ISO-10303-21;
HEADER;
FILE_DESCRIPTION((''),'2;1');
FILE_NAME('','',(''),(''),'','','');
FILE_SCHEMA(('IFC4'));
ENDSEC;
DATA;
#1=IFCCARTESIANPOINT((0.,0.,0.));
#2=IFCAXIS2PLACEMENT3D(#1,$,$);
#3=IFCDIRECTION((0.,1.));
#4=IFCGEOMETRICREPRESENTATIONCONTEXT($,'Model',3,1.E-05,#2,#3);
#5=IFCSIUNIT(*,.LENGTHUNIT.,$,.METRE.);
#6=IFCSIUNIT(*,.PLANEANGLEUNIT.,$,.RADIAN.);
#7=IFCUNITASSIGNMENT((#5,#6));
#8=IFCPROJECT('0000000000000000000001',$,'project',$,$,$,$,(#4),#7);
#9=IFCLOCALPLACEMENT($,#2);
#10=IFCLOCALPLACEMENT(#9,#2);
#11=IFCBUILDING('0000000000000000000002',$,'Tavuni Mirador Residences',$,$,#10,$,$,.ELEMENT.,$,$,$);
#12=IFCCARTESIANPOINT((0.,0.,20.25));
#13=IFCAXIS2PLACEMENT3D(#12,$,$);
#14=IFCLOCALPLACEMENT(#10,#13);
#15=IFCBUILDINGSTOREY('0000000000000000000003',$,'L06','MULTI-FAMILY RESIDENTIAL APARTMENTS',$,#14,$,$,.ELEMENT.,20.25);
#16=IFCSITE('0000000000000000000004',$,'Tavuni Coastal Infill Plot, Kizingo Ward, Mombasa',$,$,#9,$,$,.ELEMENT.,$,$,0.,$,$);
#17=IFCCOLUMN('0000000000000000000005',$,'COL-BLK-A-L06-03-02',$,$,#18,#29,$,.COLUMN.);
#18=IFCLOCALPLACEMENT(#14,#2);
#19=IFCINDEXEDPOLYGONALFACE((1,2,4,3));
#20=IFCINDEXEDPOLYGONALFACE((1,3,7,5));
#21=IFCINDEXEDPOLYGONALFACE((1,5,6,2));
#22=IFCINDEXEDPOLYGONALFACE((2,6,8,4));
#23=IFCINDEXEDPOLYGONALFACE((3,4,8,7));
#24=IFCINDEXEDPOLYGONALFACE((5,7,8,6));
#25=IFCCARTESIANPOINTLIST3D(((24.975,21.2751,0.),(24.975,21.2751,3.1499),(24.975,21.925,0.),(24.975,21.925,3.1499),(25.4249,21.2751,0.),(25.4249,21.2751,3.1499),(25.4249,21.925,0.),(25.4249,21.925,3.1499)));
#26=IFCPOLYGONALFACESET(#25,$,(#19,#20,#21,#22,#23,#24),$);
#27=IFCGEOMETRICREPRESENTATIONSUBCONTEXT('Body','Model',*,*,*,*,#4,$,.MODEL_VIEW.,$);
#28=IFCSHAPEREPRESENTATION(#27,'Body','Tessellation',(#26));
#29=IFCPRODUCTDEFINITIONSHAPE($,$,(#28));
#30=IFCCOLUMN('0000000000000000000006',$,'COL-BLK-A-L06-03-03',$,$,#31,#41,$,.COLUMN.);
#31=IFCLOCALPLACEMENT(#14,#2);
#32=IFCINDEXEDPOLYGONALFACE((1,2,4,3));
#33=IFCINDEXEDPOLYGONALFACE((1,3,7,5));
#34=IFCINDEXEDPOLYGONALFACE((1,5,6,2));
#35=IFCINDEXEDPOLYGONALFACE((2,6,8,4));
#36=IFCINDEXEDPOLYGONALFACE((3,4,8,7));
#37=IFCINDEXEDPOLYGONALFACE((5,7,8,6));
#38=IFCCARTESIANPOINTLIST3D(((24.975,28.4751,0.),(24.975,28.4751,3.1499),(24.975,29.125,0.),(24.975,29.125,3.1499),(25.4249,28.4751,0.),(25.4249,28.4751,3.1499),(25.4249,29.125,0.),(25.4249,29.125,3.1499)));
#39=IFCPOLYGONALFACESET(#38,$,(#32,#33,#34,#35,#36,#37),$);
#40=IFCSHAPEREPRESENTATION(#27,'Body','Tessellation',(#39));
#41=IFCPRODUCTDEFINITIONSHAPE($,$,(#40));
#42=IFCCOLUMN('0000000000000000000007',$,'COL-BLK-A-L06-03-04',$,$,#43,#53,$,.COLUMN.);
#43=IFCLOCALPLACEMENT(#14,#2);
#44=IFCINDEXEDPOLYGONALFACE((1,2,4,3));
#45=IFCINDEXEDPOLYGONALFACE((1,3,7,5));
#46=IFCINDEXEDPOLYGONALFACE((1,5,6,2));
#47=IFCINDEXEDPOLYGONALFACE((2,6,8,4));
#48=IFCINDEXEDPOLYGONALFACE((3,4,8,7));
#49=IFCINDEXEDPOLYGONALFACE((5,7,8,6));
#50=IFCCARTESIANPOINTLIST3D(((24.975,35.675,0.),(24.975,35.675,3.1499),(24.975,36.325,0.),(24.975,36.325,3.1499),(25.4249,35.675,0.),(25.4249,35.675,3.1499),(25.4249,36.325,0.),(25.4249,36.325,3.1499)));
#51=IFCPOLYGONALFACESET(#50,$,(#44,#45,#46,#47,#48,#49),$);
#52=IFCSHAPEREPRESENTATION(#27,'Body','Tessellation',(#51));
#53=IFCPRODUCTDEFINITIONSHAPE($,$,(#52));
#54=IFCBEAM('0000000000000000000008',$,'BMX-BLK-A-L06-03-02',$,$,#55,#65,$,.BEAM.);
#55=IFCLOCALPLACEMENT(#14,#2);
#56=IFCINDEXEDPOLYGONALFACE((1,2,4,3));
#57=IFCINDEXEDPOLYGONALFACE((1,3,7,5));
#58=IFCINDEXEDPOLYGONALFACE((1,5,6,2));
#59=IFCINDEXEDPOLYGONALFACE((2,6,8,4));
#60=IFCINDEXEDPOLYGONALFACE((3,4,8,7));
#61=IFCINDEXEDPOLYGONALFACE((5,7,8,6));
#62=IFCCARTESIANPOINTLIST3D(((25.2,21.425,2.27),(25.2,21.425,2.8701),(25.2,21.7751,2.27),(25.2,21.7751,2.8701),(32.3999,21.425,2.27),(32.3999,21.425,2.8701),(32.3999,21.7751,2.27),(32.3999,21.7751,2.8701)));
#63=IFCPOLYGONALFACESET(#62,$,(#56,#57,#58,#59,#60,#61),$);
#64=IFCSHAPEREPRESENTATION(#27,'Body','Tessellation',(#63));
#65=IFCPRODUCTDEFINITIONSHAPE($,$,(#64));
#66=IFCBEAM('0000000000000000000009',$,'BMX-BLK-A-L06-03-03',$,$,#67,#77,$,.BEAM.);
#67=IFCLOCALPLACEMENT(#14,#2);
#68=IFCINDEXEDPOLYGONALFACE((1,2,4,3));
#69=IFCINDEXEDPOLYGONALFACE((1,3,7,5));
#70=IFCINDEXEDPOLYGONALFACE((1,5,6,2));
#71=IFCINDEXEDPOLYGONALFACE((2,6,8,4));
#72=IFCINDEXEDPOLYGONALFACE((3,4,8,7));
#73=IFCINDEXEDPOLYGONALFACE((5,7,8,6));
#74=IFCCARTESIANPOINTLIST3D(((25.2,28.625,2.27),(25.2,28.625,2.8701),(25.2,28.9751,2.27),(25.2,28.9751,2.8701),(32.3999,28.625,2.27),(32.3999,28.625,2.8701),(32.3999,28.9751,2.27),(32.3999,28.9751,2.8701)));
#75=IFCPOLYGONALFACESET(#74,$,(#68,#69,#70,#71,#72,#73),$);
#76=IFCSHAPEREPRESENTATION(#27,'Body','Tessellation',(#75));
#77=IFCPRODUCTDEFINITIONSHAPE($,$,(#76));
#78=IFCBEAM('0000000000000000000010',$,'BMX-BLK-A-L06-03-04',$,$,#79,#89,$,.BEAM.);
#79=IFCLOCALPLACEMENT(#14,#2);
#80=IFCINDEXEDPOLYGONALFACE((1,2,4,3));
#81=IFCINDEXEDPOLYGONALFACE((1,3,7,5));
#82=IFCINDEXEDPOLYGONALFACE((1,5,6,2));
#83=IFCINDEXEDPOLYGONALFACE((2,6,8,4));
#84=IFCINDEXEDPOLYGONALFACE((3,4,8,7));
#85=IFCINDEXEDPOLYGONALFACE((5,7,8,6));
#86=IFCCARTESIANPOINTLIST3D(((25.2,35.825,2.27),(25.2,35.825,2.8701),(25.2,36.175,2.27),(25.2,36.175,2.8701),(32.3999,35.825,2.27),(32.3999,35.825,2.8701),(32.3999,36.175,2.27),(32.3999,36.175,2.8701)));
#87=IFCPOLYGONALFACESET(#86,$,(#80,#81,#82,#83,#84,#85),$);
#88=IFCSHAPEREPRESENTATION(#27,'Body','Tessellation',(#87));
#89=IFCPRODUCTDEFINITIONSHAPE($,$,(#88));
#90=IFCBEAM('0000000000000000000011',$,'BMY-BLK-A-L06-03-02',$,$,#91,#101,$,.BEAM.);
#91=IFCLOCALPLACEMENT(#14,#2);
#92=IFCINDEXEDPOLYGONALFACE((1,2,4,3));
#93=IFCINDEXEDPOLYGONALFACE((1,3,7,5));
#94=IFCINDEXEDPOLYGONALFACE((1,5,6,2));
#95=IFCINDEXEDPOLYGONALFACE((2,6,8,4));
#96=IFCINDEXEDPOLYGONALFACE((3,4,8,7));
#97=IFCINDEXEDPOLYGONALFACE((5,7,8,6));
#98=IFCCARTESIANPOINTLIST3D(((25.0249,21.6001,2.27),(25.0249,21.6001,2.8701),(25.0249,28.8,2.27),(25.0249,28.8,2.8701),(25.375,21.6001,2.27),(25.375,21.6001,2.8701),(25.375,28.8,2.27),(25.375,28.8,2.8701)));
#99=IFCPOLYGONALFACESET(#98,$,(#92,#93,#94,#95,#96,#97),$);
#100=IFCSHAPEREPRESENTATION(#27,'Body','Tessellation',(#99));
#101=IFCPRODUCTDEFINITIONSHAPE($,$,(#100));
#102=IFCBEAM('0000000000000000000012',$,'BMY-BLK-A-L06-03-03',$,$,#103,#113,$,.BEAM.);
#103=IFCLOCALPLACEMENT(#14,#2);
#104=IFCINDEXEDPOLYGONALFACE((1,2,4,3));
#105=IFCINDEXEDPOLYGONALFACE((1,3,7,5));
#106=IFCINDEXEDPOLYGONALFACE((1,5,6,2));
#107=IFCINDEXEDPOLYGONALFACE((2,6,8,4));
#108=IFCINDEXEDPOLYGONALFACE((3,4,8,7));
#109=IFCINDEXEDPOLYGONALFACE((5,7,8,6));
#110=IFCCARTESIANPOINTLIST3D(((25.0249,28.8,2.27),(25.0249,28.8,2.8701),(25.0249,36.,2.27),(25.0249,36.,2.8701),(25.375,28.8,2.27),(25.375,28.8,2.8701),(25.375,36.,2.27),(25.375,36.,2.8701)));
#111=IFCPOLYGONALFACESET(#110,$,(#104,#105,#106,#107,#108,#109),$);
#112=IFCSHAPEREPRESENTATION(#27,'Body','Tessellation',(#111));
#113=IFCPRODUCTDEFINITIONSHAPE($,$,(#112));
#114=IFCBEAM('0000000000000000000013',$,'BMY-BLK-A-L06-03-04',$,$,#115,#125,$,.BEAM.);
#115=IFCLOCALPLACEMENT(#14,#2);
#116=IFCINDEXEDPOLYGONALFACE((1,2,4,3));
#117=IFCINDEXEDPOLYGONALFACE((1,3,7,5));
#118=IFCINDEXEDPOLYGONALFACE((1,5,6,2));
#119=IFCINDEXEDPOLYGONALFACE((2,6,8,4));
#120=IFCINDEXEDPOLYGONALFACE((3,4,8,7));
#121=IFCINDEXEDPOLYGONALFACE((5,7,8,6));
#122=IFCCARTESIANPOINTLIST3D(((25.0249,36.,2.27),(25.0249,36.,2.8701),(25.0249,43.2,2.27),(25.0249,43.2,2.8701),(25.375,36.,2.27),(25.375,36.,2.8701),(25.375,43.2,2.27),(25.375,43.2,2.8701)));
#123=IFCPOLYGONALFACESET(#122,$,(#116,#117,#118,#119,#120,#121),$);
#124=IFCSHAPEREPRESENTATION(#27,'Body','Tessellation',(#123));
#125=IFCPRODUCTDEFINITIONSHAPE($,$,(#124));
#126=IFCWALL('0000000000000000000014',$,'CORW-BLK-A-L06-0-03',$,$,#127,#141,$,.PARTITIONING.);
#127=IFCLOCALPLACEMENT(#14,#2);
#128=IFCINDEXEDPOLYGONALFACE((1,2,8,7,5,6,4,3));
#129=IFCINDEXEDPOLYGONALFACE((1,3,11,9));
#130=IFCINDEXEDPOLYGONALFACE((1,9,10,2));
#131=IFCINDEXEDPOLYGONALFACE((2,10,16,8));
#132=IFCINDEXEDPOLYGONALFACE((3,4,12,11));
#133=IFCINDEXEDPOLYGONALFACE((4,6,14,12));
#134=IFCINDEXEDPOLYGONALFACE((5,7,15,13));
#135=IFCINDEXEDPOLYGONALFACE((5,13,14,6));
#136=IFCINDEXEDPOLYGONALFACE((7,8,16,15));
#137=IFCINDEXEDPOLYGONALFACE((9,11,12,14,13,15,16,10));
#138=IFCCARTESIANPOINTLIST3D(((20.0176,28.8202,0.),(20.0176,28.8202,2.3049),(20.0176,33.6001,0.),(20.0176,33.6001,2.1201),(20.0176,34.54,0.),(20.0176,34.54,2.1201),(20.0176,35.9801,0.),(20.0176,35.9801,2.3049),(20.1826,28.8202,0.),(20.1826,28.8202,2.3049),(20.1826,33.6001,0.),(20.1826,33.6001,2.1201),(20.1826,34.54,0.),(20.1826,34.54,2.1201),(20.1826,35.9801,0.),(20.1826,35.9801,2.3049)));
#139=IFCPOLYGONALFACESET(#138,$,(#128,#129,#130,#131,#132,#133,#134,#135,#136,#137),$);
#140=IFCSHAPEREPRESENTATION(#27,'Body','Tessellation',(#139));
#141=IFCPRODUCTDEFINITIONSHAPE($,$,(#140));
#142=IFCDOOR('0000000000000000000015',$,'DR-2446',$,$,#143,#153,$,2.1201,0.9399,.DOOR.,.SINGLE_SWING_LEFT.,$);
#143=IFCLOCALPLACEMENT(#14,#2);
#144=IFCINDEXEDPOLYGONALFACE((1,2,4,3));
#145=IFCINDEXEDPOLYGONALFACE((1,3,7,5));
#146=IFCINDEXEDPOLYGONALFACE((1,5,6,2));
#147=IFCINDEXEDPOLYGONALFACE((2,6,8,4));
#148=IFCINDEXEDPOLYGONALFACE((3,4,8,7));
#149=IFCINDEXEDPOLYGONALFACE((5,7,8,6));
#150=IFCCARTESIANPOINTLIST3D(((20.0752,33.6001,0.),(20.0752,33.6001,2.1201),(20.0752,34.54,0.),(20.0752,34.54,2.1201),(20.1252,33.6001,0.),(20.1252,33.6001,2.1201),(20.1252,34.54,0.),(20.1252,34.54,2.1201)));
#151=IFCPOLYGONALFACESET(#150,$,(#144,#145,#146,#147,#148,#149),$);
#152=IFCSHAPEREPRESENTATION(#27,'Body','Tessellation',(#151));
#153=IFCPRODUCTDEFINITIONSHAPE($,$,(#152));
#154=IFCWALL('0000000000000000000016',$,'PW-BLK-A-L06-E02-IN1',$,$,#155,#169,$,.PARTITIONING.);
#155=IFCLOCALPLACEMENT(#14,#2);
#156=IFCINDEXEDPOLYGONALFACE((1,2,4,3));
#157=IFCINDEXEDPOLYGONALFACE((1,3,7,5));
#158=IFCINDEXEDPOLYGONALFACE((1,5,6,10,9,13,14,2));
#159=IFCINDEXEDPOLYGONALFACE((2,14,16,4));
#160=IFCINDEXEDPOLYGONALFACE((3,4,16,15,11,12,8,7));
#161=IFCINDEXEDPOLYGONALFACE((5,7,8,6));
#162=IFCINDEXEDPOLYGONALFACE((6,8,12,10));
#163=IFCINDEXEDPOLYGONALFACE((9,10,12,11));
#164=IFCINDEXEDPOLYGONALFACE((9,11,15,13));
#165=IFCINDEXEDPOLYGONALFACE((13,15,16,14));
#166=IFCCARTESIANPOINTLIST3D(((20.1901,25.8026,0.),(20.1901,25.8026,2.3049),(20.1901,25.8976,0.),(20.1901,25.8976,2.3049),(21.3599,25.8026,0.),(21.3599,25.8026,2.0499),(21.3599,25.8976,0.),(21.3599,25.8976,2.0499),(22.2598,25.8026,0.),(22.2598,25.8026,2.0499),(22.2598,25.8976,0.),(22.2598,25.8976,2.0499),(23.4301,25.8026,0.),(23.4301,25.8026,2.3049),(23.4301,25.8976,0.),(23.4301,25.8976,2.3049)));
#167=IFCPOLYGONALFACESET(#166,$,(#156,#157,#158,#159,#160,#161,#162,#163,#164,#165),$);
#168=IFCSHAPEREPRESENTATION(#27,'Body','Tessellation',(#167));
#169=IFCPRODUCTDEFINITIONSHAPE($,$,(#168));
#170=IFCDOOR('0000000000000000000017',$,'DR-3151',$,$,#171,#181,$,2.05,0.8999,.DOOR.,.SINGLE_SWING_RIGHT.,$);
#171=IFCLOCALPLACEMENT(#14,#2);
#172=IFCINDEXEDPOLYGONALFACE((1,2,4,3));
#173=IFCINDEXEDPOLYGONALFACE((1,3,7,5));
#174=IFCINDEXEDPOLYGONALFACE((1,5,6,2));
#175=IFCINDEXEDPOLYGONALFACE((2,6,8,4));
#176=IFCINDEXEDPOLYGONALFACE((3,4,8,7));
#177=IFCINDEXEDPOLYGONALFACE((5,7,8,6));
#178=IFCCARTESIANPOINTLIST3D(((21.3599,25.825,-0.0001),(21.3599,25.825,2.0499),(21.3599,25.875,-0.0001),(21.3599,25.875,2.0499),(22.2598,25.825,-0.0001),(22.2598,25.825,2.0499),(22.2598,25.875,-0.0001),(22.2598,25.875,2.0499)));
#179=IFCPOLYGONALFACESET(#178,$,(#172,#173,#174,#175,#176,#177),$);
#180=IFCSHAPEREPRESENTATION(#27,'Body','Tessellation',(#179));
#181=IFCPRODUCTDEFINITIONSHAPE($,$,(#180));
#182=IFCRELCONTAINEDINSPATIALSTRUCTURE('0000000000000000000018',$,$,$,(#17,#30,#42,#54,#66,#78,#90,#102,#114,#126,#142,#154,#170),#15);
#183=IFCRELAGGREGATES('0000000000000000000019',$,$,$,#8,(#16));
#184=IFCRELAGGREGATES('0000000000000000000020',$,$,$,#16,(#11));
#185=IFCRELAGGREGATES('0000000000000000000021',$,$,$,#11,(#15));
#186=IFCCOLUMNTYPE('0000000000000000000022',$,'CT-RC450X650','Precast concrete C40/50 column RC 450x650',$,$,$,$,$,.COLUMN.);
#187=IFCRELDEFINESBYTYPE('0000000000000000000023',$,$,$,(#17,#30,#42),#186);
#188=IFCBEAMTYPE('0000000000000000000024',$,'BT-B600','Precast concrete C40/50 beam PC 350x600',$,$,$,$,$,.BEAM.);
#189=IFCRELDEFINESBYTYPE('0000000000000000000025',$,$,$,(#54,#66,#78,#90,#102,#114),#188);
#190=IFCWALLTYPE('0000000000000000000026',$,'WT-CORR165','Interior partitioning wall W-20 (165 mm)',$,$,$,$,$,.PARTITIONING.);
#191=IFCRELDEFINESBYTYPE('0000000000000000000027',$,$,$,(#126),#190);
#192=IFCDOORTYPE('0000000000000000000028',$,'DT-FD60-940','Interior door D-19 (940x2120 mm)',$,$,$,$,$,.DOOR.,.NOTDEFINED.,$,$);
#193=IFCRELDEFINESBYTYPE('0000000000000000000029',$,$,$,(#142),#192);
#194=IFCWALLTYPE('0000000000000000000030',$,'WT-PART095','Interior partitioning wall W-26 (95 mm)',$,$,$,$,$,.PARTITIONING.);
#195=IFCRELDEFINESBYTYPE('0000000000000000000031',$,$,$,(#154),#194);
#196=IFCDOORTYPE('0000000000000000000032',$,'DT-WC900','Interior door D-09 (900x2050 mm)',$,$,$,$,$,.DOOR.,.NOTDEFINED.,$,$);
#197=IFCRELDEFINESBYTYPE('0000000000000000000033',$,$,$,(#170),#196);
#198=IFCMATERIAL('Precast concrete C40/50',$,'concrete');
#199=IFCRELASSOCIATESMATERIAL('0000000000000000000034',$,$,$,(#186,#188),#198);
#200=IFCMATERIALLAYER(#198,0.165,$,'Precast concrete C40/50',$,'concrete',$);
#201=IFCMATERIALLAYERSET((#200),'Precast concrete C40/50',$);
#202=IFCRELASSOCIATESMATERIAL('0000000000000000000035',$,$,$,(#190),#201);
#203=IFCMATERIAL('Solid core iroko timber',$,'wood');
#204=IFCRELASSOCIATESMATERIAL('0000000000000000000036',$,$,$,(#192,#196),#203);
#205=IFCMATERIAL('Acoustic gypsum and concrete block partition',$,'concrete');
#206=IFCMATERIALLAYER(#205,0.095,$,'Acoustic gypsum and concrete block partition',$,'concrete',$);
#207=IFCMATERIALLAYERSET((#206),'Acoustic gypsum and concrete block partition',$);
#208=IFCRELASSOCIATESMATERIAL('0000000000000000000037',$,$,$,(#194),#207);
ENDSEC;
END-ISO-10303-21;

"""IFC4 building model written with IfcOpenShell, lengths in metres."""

from ifc_helpers import new_model, si_unit, direction, frame, frame_2d, origin, origin_2d, place, context, subcontext, project, spatial, rectangle, extrude, material, layer, layer_set, material_profile, profile_set, type_object, element, fill, save


model = new_model("IFC4")

# Units and contexts
model_context = context("Model", 3, precision=1e-05, world=origin(), true_north=direction((0.0, 1.0)))
body_context = subcontext(model_context, "Body", "Model", "MODEL_VIEW")
ifc_project = project(units=[si_unit("LENGTHUNIT", "METRE"), si_unit("PLANEANGLEUNIT", "RADIAN")], contexts=[model_context])

# Site, building, storey
site_placement = place(None, origin())
site = spatial("IfcSite", under=ifc_project, at=site_placement, Name="Tavuni Coastal Infill Plot, Kizingo Ward, Mombasa", CompositionType="ELEMENT", RefElevation=0.0)
building_placement = place(site_placement, origin())
building = spatial("IfcBuilding", under=site, at=building_placement, Name="Tavuni Mirador Residences", CompositionType="ELEMENT")
storey_placement = place(building_placement, frame((0.0, 0.0, 20.25)))
storey = spatial("IfcBuildingStorey", under=building, at=storey_placement, Name="L06", Description="MULTI-FAMILY RESIDENTIAL APARTMENTS", CompositionType="ELEMENT", Elevation=20.25)

# Columns
ifc_material_1 = material(Name="Precast concrete C40/50", Category="concrete")
ifc_material_profile_1 = material_profile(ifc_material_1, rectangle(XDim=0.45, YDim=0.6499, at=origin_2d()), Name="RC 450x650", Category="concrete")
ifc_profile_set_1 = profile_set([ifc_material_profile_1], Name="Precast concrete C40/50")
column_type = type_object("IfcColumnType", Name="CT-RC450X650", Description="Precast concrete C40/50 column RC 450x650", PredefinedType="COLUMN", material=ifc_profile_set_1)
for number, where, z_axis, x_axis, name in (
    (1, (25.2, 21.6001, 0.0), (0.0, 0.0, 1.0), (1.0, 0.0, 0.0), "COL-BLK-A-L06-03-02"),
    (2, (25.2, 28.8, 0.0), (0.0, 0.0, 1.0), (1.0, 0.0, 0.0), "COL-BLK-A-L06-03-03"),
    (3, (25.2, 36.0, 0.0), (0.0, 0.0, 1.0), (1.0, 0.0, 0.0), "COL-BLK-A-L06-03-04"),
):
    element("IfcColumn", number, at=place(storey_placement, frame(where, z_axis=z_axis, x_axis=x_axis)), inside=storey, type_object=column_type, Name=name, PredefinedType="COLUMN", context=body_context, shape_type="SweptSolid", body=[
        extrude(rectangle(XDim=0.45, YDim=0.6499, at=origin_2d()), origin(), (0.0, 0.0, 1.0), 3.1499),
    ])

# Beams
ifc_material_profile_2 = material_profile(ifc_material_1, rectangle(XDim=0.3501, YDim=0.6001, at=origin_2d()), Name="PC 350x600", Category="concrete")
ifc_profile_set_2 = profile_set([ifc_material_profile_2], Name="Precast concrete C40/50")
beam_type = type_object("IfcBeamType", Name="BT-B600", Description="Precast concrete C40/50 beam PC 350x600", PredefinedType="BEAM", material=ifc_profile_set_2)
for number, where, z_axis, x_axis, name in (
    (4, (25.2, 21.6001, 2.5701), (1.0, 0.0, 0.0), (0.0, 1.0, 0.0), "BMX-BLK-A-L06-03-02"),
    (5, (25.2, 28.8, 2.5701), (1.0, 0.0, 0.0), (0.0, 1.0, 0.0), "BMX-BLK-A-L06-03-03"),
    (6, (25.2, 36.0, 2.5701), (1.0, 0.0, 0.0), (0.0, 1.0, 0.0), "BMX-BLK-A-L06-03-04"),
    (7, (25.2, 21.6001, 2.5701), (0.0, 1.0, 0.0), (-1.0, 0.0, 0.0), "BMY-BLK-A-L06-03-02"),
    (8, (25.2, 28.8, 2.5701), (0.0, 1.0, 0.0), (-1.0, 0.0, 0.0), "BMY-BLK-A-L06-03-03"),
    (9, (25.2, 36.0, 2.5701), (0.0, 1.0, 0.0), (-1.0, 0.0, 0.0), "BMY-BLK-A-L06-03-04"),
):
    element("IfcBeam", number, at=place(storey_placement, frame(where, z_axis=z_axis, x_axis=x_axis)), inside=storey, type_object=beam_type, Name=name, PredefinedType="BEAM", context=body_context, shape_type="SweptSolid", body=[
        extrude(rectangle(XDim=0.3501, YDim=0.6001, at=origin_2d()), origin(), (0.0, 0.0, 1.0), 7.2),
    ])

# Walls, openings, doors
ifc_layer_1 = layer(ifc_material_1, 0.165, Name="Precast concrete C40/50", Category="concrete")
ifc_layer_set_1 = layer_set([ifc_layer_1], Name="Precast concrete C40/50")
wall_type_1 = type_object("IfcWallType", Name="WT-CORR165", Description="Interior partitioning wall W-20 (165 mm)", PredefinedType="PARTITIONING", material=ifc_layer_set_1)
ifc_material_2 = material(Name="Solid core iroko timber", Category="wood")
wall_1_placement = place(storey_placement, frame((20.1001, 28.8201, 0.0), z_axis=(0.0, 0.0, 1.0), x_axis=(0.0, 1.0, 0.0)))
wall_1 = element("IfcWall", 10, at=wall_1_placement, inside=storey, type_object=wall_type_1, Name="CORW-BLK-A-L06-0-03", PredefinedType="PARTITIONING", context=body_context, shape_type="SweptSolid", body=[
    extrude(rectangle(XDim=7.1599, YDim=0.165, at=frame_2d((3.5801, 0.0))), origin(), (0.0, 0.0, 1.0), 2.3049),
])
opening_1_placement = place(wall_1_placement, frame((4.78, 0.0, 0.0)))
opening_1 = element("IfcOpeningElement", 11, at=opening_1_placement, cuts=wall_1, PredefinedType="OPENING", context=body_context, shape_type="SweptSolid", body=[
    extrude(rectangle(XDim=0.9399, YDim=2.1201, at=frame_2d((0.47, 1.0601))), frame((0.0, 0.0925, 0.0), z_axis=(0.0, -1.0, 0.0), x_axis=(1.0, 0.0, 0.0)), (0.0, 0.0, 1.0), 0.1851),
])
door_type_1 = type_object("IfcDoorType", Name="DT-FD60-940", Description="Interior door D-19 (940x2120 mm)", OperationType="NOTDEFINED", PredefinedType="DOOR", material=ifc_material_2)
door_1_placement = place(opening_1_placement, origin())
door_1 = element("IfcDoor", 12, at=door_1_placement, inside=storey, type_object=door_type_1, Name="DR-2446", OperationType="SINGLE_SWING_LEFT", OverallHeight=2.1201, OverallWidth=0.9399, PredefinedType="DOOR", context=body_context, shape_type="SweptSolid", body=[
    extrude(rectangle(XDim=0.9399, YDim=2.1201, at=frame_2d((0.47, 1.0601))), frame((0.0, 0.0249, 0.0), z_axis=(0.0, -1.0, 0.0), x_axis=(1.0, 0.0, 0.0)), (0.0, 0.0, 1.0), 0.05),
])
fill(opening_1, door_1)
ifc_material_3 = material(Name="Acoustic gypsum and concrete block partition", Category="concrete")
ifc_layer_2 = layer(ifc_material_3, 0.095, Name="Acoustic gypsum and concrete block partition", Category="concrete")
ifc_layer_set_2 = layer_set([ifc_layer_2], Name="Acoustic gypsum and concrete block partition")
wall_type_2 = type_object("IfcWallType", Name="WT-PART095", Description="Interior partitioning wall W-26 (95 mm)", PredefinedType="PARTITIONING", material=ifc_layer_set_2)
wall_2_placement = place(storey_placement, frame((20.1899, 25.8501, 0.0), z_axis=(0.0, 0.0, 1.0), x_axis=(1.0, 0.0, 0.0)))
wall_2 = element("IfcWall", 13, at=wall_2_placement, inside=storey, type_object=wall_type_2, Name="PW-BLK-A-L06-E02-IN1", PredefinedType="PARTITIONING", context=body_context, shape_type="SweptSolid", body=[
    extrude(rectangle(XDim=3.24, YDim=0.095, at=frame_2d((1.6201, 0.0))), origin(), (0.0, 0.0, 1.0), 2.3049),
])
opening_2_placement = place(wall_2_placement, frame((1.1699, 0.0, 0.0)))
opening_2 = element("IfcOpeningElement", 14, at=opening_2_placement, cuts=wall_2, PredefinedType="OPENING", context=body_context, shape_type="SweptSolid", body=[
    extrude(rectangle(XDim=0.8999, YDim=2.05, at=frame_2d((0.45, 1.0249))), frame((0.0, 0.0576, 0.0), z_axis=(0.0, -1.0, 0.0), x_axis=(1.0, 0.0, 0.0)), (0.0, 0.0, 1.0), 0.115),
])
door_type_2 = type_object("IfcDoorType", Name="DT-WC900", Description="Interior door D-09 (900x2050 mm)", OperationType="NOTDEFINED", PredefinedType="DOOR", material=ifc_material_2)
door_2_placement = place(opening_2_placement, origin())
door_2 = element("IfcDoor", 15, at=door_2_placement, inside=storey, type_object=door_type_2, Name="DR-3151", OperationType="SINGLE_SWING_RIGHT", OverallHeight=2.05, OverallWidth=0.8999, PredefinedType="DOOR", context=body_context, shape_type="SweptSolid", body=[
    extrude(rectangle(XDim=0.8999, YDim=2.05, at=frame_2d((0.45, 1.0249))), frame((0.0, 0.0249, 0.0), z_axis=(0.0, -1.0, 0.0), x_axis=(1.0, 0.0, 0.0)), (0.0, 0.0, 1.0), 0.05),
])
fill(opening_2, door_2)

save(model, "model.ifc")
